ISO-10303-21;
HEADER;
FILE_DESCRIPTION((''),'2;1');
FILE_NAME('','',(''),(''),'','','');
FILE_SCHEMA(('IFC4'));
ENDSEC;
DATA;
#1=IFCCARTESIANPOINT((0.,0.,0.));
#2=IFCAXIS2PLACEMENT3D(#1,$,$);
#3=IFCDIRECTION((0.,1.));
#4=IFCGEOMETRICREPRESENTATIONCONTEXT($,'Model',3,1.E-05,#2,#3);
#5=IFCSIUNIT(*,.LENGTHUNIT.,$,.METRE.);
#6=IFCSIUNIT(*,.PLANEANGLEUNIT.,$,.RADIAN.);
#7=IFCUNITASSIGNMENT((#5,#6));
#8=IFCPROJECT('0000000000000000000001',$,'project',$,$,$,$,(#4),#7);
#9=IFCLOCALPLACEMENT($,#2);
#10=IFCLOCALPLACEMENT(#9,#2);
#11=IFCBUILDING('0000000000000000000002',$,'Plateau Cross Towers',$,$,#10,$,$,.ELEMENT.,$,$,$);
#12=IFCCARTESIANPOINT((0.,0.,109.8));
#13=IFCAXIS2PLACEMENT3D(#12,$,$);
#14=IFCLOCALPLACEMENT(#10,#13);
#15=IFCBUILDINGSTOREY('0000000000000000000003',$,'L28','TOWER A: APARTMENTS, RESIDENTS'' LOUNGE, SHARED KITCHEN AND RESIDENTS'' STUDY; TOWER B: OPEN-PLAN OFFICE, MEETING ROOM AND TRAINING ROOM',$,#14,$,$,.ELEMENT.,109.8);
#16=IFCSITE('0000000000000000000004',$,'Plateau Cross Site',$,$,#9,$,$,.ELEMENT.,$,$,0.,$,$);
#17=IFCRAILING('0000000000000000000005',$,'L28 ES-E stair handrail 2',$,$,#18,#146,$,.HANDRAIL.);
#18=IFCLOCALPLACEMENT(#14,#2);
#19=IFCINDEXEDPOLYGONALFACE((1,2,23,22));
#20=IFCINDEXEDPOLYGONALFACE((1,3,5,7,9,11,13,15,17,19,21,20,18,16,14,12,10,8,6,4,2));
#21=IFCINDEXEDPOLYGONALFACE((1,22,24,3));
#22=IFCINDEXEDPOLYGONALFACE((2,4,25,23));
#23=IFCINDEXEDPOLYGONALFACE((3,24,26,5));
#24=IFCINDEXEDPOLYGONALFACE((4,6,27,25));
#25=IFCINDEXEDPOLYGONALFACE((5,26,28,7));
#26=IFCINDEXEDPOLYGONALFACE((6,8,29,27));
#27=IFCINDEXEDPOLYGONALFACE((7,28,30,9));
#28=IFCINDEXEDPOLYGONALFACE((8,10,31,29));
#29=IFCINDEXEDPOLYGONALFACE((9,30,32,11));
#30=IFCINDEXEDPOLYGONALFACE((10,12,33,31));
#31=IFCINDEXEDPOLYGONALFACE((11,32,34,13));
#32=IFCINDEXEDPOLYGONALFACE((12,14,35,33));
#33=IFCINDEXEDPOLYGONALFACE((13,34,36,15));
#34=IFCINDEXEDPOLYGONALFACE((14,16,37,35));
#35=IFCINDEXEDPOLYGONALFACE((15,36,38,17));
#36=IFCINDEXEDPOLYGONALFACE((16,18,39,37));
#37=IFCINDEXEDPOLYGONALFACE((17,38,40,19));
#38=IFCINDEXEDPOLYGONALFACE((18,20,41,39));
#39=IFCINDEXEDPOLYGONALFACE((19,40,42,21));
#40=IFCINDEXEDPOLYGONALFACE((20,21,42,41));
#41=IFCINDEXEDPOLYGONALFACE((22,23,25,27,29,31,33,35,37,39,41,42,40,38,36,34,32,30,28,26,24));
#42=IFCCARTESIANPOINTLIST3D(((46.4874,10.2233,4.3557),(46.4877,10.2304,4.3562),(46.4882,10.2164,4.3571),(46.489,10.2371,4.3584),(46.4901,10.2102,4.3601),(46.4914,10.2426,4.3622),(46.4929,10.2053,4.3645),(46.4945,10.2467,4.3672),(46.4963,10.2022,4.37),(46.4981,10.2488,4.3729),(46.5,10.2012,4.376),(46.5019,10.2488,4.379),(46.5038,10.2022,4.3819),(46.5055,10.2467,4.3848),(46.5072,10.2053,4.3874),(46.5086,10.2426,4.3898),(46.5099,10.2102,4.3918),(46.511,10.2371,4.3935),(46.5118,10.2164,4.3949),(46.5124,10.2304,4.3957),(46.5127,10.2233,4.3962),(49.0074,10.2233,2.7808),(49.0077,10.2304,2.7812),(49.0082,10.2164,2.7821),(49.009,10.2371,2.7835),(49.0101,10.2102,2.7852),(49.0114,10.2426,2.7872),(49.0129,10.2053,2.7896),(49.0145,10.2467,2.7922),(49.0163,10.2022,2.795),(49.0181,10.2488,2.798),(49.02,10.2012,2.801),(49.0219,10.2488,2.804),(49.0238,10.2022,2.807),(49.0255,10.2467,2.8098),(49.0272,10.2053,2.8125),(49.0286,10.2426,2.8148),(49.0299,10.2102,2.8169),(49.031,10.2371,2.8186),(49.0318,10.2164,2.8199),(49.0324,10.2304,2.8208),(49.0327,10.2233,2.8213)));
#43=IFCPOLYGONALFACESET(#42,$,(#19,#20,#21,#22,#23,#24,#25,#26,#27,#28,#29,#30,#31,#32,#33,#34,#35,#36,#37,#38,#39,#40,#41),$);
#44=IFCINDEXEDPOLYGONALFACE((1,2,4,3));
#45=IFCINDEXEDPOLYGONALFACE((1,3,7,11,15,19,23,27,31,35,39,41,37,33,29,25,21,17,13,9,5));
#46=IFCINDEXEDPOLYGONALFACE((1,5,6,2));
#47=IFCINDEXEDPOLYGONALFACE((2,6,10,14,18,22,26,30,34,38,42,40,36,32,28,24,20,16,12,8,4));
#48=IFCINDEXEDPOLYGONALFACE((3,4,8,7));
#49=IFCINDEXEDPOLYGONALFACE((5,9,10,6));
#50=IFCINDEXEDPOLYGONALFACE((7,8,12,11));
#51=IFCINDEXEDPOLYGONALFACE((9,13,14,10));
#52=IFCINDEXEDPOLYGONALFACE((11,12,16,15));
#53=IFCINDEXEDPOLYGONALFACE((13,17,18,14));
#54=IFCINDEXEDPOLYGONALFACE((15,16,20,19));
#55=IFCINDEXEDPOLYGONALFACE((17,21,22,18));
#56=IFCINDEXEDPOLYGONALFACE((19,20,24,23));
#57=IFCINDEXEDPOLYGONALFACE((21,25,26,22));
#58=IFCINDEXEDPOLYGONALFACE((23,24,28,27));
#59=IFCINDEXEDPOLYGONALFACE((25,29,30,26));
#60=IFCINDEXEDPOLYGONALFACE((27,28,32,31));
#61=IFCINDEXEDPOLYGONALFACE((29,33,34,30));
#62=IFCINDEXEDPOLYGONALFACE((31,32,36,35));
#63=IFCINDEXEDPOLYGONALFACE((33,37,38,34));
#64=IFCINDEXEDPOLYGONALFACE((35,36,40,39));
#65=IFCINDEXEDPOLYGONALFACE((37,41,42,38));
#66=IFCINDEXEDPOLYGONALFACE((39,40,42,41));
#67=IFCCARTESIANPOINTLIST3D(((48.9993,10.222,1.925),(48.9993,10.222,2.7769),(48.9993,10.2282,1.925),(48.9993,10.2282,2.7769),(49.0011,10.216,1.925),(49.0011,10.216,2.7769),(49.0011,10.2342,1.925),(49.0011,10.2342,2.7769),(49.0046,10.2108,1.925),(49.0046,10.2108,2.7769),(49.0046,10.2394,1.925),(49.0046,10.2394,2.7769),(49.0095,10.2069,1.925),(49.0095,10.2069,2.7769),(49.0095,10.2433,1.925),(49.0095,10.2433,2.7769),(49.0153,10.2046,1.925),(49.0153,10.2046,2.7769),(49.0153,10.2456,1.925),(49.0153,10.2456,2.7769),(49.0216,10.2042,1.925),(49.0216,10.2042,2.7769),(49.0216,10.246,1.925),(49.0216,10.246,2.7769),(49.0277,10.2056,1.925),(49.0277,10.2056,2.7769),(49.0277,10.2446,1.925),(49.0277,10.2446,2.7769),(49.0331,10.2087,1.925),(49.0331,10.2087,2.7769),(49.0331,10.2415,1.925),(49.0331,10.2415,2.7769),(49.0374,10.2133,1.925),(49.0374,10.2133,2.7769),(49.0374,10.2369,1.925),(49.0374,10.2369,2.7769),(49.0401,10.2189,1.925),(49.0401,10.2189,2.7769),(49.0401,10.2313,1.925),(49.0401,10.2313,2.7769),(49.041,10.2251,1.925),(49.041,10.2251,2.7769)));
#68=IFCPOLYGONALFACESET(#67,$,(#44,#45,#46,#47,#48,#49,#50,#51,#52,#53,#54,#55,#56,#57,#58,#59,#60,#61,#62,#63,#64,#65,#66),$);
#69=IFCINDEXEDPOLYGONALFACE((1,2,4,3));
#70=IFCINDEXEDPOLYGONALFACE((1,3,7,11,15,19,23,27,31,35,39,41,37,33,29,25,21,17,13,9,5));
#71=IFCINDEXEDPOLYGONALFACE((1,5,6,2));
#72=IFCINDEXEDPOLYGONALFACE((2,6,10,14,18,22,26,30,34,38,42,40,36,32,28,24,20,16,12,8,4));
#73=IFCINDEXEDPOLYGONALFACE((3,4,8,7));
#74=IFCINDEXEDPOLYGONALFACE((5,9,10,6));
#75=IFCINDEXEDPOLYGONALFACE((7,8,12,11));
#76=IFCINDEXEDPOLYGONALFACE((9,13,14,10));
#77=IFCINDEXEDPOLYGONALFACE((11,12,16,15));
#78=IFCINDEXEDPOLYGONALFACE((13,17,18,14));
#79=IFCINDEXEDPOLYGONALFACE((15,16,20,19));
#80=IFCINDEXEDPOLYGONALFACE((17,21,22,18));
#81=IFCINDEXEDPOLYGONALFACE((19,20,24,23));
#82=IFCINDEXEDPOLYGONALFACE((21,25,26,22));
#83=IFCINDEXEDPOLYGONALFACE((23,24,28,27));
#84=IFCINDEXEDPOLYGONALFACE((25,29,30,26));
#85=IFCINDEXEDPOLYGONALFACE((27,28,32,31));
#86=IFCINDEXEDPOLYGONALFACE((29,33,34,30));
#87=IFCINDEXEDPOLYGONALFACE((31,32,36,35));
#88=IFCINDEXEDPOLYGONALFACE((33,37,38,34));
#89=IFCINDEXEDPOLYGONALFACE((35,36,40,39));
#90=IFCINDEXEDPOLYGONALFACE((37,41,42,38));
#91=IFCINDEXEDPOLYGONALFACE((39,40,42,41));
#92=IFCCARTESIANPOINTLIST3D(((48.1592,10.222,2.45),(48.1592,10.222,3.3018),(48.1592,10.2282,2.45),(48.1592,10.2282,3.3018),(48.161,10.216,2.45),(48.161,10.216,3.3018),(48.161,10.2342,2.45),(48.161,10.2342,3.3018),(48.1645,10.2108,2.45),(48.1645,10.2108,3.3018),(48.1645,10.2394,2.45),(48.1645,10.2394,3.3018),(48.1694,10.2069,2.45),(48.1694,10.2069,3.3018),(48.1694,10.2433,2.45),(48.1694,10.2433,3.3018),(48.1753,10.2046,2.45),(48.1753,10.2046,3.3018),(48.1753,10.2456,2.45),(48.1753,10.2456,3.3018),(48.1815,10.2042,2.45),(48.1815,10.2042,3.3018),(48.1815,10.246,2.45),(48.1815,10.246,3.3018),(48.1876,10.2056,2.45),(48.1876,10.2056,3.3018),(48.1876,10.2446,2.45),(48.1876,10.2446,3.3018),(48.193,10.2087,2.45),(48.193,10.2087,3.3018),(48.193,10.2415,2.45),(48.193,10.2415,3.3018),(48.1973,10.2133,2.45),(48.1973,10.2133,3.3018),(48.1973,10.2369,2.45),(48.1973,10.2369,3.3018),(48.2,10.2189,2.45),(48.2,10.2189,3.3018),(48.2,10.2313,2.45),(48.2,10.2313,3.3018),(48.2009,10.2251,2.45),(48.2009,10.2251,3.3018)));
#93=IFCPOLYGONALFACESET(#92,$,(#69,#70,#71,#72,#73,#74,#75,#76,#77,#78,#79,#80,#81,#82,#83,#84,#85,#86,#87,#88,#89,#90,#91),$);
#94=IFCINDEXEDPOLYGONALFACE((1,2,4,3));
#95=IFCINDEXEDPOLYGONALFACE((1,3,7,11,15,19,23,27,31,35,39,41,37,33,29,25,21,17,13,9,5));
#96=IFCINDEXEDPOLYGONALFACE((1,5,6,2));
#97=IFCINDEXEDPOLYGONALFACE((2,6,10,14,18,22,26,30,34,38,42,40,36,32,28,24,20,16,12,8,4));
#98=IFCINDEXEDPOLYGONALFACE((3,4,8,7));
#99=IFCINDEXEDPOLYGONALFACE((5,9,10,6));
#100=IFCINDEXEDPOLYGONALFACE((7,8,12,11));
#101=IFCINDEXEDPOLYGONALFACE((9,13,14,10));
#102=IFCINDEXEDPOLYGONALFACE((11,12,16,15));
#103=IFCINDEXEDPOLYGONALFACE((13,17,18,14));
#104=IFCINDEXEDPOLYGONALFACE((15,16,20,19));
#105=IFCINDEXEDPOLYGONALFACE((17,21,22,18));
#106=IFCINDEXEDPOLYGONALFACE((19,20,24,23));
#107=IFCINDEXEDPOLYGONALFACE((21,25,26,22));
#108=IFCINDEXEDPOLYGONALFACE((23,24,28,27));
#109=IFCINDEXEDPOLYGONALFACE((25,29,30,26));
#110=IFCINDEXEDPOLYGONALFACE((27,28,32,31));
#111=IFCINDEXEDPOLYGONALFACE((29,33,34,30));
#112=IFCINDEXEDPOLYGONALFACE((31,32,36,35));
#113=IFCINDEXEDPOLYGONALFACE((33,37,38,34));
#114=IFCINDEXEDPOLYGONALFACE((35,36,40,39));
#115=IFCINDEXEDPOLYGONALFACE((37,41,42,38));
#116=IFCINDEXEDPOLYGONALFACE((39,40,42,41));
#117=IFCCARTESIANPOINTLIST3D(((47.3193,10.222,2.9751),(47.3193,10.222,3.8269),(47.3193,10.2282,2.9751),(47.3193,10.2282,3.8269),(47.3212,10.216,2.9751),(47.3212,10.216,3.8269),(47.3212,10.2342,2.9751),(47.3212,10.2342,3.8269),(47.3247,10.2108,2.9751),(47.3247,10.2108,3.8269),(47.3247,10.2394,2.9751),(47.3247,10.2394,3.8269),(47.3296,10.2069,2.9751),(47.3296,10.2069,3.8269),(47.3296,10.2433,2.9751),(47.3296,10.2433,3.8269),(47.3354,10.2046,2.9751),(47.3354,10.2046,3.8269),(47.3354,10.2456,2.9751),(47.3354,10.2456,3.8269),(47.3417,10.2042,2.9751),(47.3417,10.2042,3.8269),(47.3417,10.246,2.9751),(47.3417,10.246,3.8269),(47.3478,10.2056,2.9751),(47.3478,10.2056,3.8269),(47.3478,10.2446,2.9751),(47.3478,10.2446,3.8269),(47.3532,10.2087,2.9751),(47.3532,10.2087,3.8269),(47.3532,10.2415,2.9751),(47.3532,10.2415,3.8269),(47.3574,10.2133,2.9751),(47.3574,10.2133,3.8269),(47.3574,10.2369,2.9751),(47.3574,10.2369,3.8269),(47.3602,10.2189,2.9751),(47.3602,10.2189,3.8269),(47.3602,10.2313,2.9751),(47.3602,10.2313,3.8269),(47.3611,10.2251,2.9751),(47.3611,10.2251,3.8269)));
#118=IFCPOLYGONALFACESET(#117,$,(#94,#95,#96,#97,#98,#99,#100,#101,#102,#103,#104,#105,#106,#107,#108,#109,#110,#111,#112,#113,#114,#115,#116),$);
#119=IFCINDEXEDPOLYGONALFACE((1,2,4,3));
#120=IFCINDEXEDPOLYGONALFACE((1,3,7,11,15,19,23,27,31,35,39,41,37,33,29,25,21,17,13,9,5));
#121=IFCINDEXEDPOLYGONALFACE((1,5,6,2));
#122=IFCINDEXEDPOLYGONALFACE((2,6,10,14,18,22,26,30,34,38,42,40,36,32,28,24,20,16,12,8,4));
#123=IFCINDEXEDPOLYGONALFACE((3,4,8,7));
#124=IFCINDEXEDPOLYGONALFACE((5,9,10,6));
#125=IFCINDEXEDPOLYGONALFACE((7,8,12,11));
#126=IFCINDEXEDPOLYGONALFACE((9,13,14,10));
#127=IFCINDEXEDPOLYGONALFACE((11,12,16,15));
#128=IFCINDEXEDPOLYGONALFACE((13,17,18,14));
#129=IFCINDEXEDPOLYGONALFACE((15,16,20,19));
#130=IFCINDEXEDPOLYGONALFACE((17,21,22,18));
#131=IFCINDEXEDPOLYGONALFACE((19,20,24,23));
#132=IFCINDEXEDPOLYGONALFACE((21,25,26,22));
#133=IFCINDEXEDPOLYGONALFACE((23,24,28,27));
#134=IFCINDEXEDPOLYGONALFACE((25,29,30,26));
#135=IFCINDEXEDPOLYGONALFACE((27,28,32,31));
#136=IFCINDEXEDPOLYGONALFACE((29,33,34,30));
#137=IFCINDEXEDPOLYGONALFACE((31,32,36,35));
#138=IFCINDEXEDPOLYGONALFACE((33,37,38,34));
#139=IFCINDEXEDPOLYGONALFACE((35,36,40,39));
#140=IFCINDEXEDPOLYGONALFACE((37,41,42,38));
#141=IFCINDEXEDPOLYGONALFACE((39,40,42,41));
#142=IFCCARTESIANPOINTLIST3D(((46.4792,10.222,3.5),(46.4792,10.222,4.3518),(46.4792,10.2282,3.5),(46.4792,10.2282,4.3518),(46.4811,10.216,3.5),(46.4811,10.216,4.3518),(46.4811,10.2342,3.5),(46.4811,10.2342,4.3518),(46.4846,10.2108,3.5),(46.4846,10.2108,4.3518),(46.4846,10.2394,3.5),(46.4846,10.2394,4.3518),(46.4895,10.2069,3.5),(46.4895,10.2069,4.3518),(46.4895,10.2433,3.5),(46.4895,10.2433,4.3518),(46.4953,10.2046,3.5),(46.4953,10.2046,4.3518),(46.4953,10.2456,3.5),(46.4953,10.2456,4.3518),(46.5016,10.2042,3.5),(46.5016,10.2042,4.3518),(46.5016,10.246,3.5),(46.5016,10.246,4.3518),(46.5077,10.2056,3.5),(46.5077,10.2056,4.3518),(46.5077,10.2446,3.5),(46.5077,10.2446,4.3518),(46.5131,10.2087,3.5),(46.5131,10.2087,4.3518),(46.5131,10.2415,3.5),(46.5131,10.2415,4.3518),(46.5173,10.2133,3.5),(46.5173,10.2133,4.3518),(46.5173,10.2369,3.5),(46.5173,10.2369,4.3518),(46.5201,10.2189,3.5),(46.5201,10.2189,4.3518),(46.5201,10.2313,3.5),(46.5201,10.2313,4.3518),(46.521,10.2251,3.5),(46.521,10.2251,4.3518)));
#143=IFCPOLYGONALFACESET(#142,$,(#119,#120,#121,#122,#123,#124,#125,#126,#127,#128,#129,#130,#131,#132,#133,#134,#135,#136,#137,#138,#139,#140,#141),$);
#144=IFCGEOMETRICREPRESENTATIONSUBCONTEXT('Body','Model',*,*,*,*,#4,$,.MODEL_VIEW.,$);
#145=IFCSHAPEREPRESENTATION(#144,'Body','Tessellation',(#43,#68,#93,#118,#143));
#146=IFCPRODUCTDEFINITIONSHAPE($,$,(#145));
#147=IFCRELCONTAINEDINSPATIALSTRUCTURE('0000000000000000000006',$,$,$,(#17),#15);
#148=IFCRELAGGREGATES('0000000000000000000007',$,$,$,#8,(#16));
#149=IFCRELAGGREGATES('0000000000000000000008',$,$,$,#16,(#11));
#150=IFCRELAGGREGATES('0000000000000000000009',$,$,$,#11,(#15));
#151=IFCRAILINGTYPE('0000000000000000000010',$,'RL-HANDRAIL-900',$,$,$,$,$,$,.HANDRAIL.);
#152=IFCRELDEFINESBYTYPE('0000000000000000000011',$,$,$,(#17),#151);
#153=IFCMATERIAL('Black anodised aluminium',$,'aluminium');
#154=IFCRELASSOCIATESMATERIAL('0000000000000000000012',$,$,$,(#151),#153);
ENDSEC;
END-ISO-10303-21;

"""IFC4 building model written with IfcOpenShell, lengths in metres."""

from ifc_helpers import new_model, si_unit, direction, frame, origin, origin_2d, place, context, subcontext, project, spatial, circle, extrude, material, type_object, element, save


model = new_model("IFC4")

# Units and contexts
model_context = context("Model", 3, precision=1e-05, world=origin(), true_north=direction((0.0, 1.0)))
body_context = subcontext(model_context, "Body", "Model", "MODEL_VIEW")
ifc_project = project(units=[si_unit("LENGTHUNIT", "METRE"), si_unit("PLANEANGLEUNIT", "RADIAN")], contexts=[model_context])

# Site, building, storey
site_placement = place(None, origin())
site = spatial("IfcSite", under=ifc_project, at=site_placement, Name="Plateau Cross Site", CompositionType="ELEMENT", RefElevation=0.0)
building_placement = place(site_placement, origin())
building = spatial("IfcBuilding", under=site, at=building_placement, Name="Plateau Cross Towers", CompositionType="ELEMENT")
storey_placement = place(building_placement, frame((0.0, 0.0, 109.8)))
storey = spatial("IfcBuildingStorey", under=building, at=storey_placement, Name="L28", Description="TOWER A: APARTMENTS, RESIDENTS' LOUNGE, SHARED KITCHEN AND RESIDENTS' STUDY; TOWER B: OPEN-PLAN OFFICE, MEETING ROOM AND TRAINING ROOM", CompositionType="ELEMENT", Elevation=109.8)

# Shared definitions
ifc_material_1 = material(Name="Black anodised aluminium", Category="aluminium")

# Railing
railing_type_1 = type_object("IfcRailingType", Name="RL-HANDRAIL-900", PredefinedType="HANDRAIL", material=ifc_material_1)
railing_1_placement = place(storey_placement, frame((49.02, 10.2251, 1.925)))
element("IfcRailing", 1, at=railing_1_placement, inside=storey, type_object=railing_type_1, Name="L28 ES-E stair handrail 2", PredefinedType="HANDRAIL", context=body_context, shape_type="SweptSolid", body=[
    extrude(circle(Radius=0.0239, at=origin_2d()), frame((0.0, 0.0, 0.876), z_axis=(-0.848008, 0.0, 0.529984), x_axis=(0.0, -1.0, 0.0)), (0.0, 0.0, 1.0), 2.9717),
    extrude(circle(Radius=0.021, at=origin_2d()), origin(), (0.0, 0.0, 1.0), 0.8518),
    extrude(circle(Radius=0.021, at=origin_2d()), frame((-0.8401, 0.0, 0.5249)), (0.0, 0.0, 1.0), 0.8518),
    extrude(circle(Radius=0.021, at=origin_2d()), frame((-1.6799, 0.0, 1.05)), (0.0, 0.0, 1.0), 0.8518),
    extrude(circle(Radius=0.021, at=origin_2d()), frame((-2.52, 0.0, 1.575)), (0.0, 0.0, 1.0), 0.8518),
])

save(model, "model.ifc")
